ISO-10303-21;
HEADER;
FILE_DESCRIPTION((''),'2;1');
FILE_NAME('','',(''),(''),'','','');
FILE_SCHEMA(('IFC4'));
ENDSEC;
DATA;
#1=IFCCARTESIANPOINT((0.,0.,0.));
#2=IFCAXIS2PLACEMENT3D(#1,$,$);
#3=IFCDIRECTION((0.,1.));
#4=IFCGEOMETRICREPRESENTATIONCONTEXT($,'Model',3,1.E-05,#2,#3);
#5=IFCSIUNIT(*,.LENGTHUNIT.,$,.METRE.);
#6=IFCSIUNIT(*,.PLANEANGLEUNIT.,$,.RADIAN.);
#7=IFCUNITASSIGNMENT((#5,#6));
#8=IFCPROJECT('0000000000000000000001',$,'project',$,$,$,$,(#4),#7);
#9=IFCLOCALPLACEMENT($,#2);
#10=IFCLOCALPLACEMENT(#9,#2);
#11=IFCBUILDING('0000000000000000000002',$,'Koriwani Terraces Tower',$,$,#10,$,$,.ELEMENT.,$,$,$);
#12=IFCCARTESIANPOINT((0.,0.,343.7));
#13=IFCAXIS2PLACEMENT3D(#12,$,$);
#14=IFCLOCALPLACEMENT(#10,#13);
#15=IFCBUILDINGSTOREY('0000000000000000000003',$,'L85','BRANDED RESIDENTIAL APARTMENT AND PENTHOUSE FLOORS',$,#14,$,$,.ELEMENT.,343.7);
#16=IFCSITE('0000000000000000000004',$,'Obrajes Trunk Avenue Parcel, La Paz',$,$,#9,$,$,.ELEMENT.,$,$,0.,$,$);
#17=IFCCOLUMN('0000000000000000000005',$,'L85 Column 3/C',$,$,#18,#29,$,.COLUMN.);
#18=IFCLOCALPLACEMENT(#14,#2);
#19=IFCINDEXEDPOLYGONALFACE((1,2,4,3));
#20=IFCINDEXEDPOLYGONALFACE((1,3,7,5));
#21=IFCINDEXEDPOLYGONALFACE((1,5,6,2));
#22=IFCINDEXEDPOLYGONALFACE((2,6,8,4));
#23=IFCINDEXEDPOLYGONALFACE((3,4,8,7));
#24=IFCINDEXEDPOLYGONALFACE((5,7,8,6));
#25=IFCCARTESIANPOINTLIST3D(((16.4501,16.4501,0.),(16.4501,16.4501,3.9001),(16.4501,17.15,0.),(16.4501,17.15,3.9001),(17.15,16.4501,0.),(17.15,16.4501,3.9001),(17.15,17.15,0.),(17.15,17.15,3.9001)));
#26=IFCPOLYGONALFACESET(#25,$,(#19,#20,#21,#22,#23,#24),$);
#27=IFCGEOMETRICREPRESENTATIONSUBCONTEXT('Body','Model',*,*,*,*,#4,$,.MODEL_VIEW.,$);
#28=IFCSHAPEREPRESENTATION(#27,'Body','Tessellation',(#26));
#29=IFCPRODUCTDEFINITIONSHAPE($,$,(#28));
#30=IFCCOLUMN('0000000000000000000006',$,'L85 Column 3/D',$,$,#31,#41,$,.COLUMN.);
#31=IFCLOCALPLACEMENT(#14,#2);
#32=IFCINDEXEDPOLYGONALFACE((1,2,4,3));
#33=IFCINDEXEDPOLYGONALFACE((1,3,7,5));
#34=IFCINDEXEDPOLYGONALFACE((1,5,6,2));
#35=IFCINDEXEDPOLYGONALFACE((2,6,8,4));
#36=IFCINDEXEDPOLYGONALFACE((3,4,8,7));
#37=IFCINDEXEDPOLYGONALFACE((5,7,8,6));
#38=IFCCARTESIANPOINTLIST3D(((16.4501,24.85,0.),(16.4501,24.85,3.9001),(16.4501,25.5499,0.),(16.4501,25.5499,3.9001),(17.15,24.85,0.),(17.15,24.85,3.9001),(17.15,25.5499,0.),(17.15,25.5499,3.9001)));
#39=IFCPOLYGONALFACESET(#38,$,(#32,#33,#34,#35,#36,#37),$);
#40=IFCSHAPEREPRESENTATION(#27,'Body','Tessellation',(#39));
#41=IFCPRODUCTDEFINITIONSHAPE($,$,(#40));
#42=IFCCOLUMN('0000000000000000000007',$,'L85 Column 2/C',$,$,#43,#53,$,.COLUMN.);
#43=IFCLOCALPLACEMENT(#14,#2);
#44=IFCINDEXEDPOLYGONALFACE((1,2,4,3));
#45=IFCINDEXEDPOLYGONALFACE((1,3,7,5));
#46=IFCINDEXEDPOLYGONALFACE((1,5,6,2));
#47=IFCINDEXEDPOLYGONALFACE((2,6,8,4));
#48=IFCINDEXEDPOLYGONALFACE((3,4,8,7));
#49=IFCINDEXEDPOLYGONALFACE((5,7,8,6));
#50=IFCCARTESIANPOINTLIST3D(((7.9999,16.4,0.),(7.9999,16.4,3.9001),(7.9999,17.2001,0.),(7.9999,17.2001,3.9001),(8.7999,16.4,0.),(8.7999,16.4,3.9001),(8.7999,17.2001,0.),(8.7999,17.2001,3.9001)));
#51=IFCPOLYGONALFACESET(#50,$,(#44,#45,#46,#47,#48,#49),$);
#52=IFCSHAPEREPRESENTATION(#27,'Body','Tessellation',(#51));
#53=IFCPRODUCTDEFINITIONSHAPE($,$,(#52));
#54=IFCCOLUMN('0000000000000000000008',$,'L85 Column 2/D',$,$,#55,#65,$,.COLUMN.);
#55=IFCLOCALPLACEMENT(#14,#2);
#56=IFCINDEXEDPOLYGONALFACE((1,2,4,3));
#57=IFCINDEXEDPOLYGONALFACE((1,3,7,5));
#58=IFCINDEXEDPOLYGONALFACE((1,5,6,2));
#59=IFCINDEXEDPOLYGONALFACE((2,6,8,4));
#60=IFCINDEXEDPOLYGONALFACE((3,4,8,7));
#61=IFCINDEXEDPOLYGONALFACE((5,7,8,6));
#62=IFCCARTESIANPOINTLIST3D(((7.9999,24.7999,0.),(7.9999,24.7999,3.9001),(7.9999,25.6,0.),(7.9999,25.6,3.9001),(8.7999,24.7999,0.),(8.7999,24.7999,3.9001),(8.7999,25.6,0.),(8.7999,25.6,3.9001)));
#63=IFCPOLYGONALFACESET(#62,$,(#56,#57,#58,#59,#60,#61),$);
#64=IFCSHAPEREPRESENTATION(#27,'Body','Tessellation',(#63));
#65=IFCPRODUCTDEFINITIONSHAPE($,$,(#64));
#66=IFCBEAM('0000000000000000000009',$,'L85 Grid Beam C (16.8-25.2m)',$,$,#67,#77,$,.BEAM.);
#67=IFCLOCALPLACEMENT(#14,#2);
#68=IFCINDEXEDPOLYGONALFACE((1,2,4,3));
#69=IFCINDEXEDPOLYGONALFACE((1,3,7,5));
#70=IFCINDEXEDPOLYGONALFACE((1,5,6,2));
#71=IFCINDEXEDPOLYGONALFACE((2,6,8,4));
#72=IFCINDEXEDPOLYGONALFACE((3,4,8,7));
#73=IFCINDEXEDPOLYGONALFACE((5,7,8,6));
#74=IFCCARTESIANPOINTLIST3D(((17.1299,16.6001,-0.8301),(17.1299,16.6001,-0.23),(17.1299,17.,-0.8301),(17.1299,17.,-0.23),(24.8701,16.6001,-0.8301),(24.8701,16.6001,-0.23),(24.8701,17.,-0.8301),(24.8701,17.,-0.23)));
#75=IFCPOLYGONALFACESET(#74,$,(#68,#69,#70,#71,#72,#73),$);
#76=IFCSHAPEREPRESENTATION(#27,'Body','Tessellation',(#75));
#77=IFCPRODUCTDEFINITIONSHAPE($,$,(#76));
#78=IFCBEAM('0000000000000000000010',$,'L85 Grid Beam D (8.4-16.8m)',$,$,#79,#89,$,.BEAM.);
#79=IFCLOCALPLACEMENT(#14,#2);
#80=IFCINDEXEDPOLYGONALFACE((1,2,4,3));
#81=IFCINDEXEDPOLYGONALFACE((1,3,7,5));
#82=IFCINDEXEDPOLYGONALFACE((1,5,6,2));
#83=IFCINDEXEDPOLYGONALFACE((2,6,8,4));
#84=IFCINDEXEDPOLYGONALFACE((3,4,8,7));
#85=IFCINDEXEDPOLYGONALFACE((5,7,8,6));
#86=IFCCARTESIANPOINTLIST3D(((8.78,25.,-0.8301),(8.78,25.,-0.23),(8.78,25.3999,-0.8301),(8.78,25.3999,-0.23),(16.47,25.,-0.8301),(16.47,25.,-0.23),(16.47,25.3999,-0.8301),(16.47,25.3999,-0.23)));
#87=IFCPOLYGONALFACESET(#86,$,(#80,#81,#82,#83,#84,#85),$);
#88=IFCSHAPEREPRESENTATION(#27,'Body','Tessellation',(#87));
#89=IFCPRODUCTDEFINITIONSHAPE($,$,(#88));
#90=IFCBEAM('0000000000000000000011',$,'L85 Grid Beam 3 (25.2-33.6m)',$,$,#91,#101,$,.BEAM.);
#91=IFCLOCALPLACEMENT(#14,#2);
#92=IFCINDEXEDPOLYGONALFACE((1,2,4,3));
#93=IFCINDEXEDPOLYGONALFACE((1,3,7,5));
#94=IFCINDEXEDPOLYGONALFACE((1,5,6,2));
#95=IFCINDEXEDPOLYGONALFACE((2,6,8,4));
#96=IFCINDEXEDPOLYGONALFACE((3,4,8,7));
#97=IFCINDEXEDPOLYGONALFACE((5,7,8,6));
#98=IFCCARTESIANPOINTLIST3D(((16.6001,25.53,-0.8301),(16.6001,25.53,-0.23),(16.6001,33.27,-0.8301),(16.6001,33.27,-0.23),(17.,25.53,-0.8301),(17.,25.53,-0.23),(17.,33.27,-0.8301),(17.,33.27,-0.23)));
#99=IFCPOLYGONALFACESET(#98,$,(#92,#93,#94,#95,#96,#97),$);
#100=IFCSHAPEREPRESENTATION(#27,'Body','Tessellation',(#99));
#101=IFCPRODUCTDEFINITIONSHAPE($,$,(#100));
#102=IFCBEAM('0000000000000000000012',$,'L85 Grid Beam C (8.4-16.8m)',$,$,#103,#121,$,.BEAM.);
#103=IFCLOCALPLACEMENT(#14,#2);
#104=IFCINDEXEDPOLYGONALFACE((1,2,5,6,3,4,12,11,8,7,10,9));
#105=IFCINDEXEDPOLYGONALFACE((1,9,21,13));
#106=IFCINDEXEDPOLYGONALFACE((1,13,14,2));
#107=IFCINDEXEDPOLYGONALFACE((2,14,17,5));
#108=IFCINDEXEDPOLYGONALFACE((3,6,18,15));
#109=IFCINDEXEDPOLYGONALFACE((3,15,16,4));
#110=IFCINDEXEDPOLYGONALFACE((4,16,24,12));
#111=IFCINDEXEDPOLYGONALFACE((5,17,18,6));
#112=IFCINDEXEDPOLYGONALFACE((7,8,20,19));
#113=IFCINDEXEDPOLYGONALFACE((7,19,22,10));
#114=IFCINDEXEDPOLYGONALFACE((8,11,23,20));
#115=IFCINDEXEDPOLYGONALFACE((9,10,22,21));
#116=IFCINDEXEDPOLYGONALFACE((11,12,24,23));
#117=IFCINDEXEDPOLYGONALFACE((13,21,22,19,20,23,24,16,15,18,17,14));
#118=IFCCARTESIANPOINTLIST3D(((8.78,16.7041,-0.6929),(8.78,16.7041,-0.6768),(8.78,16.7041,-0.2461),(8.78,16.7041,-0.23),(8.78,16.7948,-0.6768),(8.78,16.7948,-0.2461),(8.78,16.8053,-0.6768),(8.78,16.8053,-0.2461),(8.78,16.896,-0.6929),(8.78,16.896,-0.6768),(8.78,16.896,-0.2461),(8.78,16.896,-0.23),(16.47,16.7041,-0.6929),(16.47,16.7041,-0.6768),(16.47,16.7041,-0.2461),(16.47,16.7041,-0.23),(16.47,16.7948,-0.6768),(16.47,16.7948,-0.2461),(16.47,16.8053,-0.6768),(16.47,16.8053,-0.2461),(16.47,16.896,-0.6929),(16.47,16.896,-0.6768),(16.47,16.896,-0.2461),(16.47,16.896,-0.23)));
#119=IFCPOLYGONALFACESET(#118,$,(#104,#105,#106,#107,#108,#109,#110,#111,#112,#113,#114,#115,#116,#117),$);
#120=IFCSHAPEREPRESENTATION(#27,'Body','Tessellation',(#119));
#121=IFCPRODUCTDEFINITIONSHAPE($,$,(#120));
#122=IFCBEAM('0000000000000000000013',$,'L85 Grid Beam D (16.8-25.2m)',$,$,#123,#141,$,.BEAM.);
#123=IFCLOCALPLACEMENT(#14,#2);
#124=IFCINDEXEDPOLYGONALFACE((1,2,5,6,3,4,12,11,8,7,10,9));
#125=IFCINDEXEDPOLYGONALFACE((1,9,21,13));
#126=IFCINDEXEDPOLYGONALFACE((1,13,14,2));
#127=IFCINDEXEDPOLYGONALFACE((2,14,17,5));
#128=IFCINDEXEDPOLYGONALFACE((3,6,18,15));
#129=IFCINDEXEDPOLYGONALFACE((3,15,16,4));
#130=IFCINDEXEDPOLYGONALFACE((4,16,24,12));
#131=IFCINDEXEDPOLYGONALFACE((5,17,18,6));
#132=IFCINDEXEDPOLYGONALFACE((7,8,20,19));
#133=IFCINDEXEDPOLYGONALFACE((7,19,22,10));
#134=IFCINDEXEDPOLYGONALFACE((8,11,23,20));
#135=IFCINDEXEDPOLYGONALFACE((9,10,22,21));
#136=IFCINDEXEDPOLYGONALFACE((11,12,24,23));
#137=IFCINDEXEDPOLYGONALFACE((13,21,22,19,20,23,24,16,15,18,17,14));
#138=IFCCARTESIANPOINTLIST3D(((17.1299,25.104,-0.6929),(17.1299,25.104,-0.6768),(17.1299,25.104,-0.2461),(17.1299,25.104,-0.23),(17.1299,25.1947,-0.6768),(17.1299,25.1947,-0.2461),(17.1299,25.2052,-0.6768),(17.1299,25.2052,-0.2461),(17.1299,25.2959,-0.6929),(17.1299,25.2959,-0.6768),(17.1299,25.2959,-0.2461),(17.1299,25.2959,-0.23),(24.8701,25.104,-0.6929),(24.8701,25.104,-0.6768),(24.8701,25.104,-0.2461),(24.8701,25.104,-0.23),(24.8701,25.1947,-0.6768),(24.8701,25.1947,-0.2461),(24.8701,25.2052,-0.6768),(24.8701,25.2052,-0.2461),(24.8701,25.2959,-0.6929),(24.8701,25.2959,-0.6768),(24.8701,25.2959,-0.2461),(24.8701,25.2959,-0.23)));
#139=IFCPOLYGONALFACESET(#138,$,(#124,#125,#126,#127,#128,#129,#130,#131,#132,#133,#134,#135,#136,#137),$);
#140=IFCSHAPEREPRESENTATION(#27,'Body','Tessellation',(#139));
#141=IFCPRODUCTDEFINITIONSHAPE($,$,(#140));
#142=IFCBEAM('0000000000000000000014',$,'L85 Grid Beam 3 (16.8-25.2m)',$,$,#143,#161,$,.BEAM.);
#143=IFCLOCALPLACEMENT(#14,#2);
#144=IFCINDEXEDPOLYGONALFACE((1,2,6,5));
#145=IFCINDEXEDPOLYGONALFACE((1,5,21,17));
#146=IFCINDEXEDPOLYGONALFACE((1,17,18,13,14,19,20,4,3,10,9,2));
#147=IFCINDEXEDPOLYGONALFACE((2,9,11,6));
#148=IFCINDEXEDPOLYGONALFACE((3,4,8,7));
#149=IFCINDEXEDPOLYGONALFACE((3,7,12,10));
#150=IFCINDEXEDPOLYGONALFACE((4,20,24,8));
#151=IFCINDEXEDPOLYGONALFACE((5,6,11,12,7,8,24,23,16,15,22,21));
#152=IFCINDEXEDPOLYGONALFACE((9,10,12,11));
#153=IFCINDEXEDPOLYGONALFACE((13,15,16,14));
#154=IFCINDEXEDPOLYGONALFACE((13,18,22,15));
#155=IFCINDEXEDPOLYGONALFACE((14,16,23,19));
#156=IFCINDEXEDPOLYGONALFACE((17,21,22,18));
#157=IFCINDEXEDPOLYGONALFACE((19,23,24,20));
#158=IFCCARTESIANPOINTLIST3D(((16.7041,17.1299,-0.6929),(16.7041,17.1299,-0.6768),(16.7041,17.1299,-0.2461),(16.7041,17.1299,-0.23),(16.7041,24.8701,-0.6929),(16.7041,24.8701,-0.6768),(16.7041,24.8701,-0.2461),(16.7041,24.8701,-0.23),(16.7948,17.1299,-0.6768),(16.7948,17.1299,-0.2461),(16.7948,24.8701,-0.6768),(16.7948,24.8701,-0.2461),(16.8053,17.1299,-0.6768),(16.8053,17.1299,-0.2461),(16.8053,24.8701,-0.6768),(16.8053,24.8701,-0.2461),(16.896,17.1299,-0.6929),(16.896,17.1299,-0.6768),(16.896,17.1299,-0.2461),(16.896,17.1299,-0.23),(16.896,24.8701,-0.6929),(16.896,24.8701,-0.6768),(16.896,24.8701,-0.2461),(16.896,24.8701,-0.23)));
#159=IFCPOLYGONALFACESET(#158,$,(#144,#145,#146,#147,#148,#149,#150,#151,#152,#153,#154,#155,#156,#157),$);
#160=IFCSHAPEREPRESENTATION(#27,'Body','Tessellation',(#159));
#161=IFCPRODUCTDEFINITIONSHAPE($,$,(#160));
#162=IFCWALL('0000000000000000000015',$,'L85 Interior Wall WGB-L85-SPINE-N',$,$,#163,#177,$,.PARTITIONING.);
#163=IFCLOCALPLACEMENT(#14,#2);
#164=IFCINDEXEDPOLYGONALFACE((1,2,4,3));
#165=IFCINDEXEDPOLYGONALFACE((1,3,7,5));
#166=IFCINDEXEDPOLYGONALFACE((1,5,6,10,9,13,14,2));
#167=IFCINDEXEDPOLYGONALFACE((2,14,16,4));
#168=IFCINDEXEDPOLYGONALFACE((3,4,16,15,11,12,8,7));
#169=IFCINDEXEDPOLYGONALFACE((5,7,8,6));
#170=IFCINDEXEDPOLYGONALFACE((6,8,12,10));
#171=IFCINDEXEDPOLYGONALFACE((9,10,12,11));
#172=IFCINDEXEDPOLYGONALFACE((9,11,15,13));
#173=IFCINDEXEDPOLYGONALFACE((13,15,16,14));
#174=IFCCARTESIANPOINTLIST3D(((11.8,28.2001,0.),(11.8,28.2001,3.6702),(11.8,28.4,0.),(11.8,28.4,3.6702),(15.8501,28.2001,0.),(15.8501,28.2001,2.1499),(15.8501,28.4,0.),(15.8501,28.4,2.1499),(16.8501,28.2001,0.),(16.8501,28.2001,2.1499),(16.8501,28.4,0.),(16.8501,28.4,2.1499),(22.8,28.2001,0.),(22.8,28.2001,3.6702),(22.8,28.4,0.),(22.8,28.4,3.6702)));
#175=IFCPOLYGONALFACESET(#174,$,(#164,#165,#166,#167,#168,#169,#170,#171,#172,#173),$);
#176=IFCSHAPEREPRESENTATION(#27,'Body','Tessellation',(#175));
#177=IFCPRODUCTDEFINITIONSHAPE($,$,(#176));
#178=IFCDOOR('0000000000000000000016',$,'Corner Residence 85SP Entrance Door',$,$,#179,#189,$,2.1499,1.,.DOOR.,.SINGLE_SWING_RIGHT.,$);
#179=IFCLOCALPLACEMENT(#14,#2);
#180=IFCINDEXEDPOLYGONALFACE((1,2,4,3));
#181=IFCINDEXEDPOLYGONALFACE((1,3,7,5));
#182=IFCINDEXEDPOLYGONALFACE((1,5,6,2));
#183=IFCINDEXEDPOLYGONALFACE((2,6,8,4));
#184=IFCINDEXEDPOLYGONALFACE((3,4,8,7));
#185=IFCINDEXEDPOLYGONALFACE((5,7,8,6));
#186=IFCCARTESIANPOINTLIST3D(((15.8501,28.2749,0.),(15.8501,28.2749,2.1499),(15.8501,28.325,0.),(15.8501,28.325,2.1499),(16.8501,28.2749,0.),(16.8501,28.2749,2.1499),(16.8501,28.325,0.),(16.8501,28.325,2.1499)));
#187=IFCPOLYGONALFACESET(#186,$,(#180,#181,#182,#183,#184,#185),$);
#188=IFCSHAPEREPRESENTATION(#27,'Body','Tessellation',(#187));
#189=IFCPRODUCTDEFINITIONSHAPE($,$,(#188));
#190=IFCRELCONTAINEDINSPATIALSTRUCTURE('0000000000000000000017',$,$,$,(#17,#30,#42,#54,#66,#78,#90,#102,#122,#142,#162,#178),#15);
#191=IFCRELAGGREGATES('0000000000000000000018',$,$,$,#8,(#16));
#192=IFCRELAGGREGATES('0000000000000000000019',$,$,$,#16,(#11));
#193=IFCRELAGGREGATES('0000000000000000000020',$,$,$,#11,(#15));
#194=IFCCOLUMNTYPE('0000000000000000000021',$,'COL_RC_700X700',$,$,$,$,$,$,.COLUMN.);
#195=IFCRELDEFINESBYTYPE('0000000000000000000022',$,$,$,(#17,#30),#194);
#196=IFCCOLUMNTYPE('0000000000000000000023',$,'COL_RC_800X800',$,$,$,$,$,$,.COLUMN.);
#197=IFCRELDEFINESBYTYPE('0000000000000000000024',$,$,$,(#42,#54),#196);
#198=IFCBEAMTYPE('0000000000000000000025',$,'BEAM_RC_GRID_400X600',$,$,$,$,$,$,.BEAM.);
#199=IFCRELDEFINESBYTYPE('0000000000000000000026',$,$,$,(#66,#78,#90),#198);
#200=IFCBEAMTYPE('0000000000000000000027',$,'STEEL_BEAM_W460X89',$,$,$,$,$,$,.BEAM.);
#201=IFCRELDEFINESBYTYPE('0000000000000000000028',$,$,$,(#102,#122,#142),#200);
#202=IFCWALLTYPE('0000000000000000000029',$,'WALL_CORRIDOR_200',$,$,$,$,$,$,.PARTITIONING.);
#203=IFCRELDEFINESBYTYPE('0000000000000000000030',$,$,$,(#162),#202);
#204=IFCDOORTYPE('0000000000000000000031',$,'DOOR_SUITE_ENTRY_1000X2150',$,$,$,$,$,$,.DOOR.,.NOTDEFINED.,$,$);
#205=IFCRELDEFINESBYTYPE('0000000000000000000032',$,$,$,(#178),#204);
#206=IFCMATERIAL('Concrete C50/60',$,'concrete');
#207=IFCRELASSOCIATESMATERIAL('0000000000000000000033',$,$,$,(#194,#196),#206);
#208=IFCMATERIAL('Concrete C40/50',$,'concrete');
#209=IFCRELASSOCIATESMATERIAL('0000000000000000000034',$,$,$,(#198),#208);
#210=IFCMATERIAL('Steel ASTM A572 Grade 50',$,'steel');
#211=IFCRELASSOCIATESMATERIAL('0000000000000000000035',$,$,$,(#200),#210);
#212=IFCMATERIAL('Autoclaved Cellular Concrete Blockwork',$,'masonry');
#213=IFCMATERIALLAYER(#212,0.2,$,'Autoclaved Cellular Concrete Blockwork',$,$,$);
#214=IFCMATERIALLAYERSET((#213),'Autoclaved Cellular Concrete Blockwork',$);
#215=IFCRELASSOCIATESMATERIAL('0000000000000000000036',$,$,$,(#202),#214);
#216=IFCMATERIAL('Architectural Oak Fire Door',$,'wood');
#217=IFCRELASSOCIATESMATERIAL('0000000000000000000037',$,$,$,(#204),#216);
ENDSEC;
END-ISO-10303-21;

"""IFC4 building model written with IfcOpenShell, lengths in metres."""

from ifc_helpers import new_model, si_unit, direction, frame, frame_2d, origin, origin_2d, place, context, subcontext, project, spatial, rectangle, i_section, extrude, material, layer, layer_set, material_profile, profile_set, type_object, element, fill, save


model = new_model("IFC4")

# Units and contexts
model_context = context("Model", 3, precision=1e-05, world=origin(), true_north=direction((0.0, 1.0)))
body_context = subcontext(model_context, "Body", "Model", "MODEL_VIEW")
ifc_project = project(units=[si_unit("LENGTHUNIT", "METRE"), si_unit("PLANEANGLEUNIT", "RADIAN")], contexts=[model_context])

# Site, building, storey
site_placement = place(None, origin())
site = spatial("IfcSite", under=ifc_project, at=site_placement, Name="Obrajes Trunk Avenue Parcel, La Paz", CompositionType="ELEMENT", RefElevation=0.0)
building_placement = place(site_placement, origin())
building = spatial("IfcBuilding", under=site, at=building_placement, Name="Koriwani Terraces Tower", CompositionType="ELEMENT")
storey_placement = place(building_placement, frame((0.0, 0.0, 343.7)))
storey = spatial("IfcBuildingStorey", under=building, at=storey_placement, Name="L85", Description="BRANDED RESIDENTIAL APARTMENT AND PENTHOUSE FLOORS", CompositionType="ELEMENT", Elevation=343.7)

# Columns
ifc_material_1 = material(Name="Concrete C50/60", Category="concrete")
ifc_material_profile_1 = material_profile(ifc_material_1, rectangle(XDim=0.7, YDim=0.7, at=origin_2d()), Name="Concrete C50/60", Category="LoadBearing")
ifc_profile_set_1 = profile_set([ifc_material_profile_1], Name="Concrete C50/60")
column_type_1 = type_object("IfcColumnType", Name="COL_RC_700X700", PredefinedType="COLUMN", material=ifc_profile_set_1)
for number, where, z_axis, x_axis, name in (
    (1, (16.8, 16.8, 0.0), (0.0, 0.0, 1.0), (1.0, 0.0, 0.0), "L85 Column 3/C"),
    (2, (16.8, 25.2, 0.0), (0.0, 0.0, 1.0), (1.0, 0.0, 0.0), "L85 Column 3/D"),
):
    element("IfcColumn", number, at=place(storey_placement, frame(where, z_axis=z_axis, x_axis=x_axis)), inside=storey, type_object=column_type_1, Name=name, PredefinedType="COLUMN", context=body_context, shape_type="SweptSolid", body=[
        extrude(rectangle(XDim=0.7, YDim=0.7, at=origin_2d()), origin(), (0.0, 0.0, 1.0), 3.9001),
    ])
ifc_material_profile_2 = material_profile(ifc_material_1, rectangle(XDim=0.8, YDim=0.8, at=origin_2d()), Name="Concrete C50/60", Category="LoadBearing")
ifc_profile_set_2 = profile_set([ifc_material_profile_2], Name="Concrete C50/60")
column_type_2 = type_object("IfcColumnType", Name="COL_RC_800X800", PredefinedType="COLUMN", material=ifc_profile_set_2)
for number, where, z_axis, x_axis, name in (
    (3, (8.3999, 16.8, 0.0), (0.0, 0.0, 1.0), (1.0, 0.0, 0.0), "L85 Column 2/C"),
    (4, (8.3999, 25.2, 0.0), (0.0, 0.0, 1.0), (1.0, 0.0, 0.0), "L85 Column 2/D"),
):
    element("IfcColumn", number, at=place(storey_placement, frame(where, z_axis=z_axis, x_axis=x_axis)), inside=storey, type_object=column_type_2, Name=name, PredefinedType="COLUMN", context=body_context, shape_type="SweptSolid", body=[
        extrude(rectangle(XDim=0.8, YDim=0.8, at=origin_2d()), origin(), (0.0, 0.0, 1.0), 3.9001),
    ])

# Beams
ifc_material_2 = material(Name="Concrete C40/50", Category="concrete")
ifc_material_profile_3 = material_profile(ifc_material_2, rectangle(XDim=0.3999, YDim=0.6001, at=origin_2d()), Name="Concrete C40/50", Category="LoadBearing")
ifc_profile_set_3 = profile_set([ifc_material_profile_3], Name="Concrete C40/50")
beam_type_1 = type_object("IfcBeamType", Name="BEAM_RC_GRID_400X600", PredefinedType="BEAM", material=ifc_profile_set_3)
beam_1_placement = place(storey_placement, frame((17.1299, 16.8, -0.53), z_axis=(1.0, 0.0, 0.0), x_axis=(0.0, 1.0, 0.0)))
element("IfcBeam", 5, at=beam_1_placement, inside=storey, type_object=beam_type_1, Name="L85 Grid Beam C (16.8-25.2m)", PredefinedType="BEAM", context=body_context, shape_type="SweptSolid", body=[
    extrude(rectangle(XDim=0.3999, YDim=0.6001, at=origin_2d()), origin(), (0.0, 0.0, 1.0), 7.7402),
])
beam_2_placement = place(storey_placement, frame((8.78, 25.2, -0.53), z_axis=(1.0, 0.0, 0.0), x_axis=(0.0, 1.0, 0.0)))
element("IfcBeam", 6, at=beam_2_placement, inside=storey, type_object=beam_type_1, Name="L85 Grid Beam D (8.4-16.8m)", PredefinedType="BEAM", context=body_context, shape_type="SweptSolid", body=[
    extrude(rectangle(XDim=0.3999, YDim=0.6001, at=origin_2d()), origin(), (0.0, 0.0, 1.0), 7.6899),
])
beam_3_placement = place(storey_placement, frame((16.8, 25.53, -0.53), z_axis=(0.0, 1.0, 0.0), x_axis=(-1.0, 0.0, 0.0)))
element("IfcBeam", 7, at=beam_3_placement, inside=storey, type_object=beam_type_1, Name="L85 Grid Beam 3 (25.2-33.6m)", PredefinedType="BEAM", context=body_context, shape_type="SweptSolid", body=[
    extrude(rectangle(XDim=0.3999, YDim=0.6001, at=origin_2d()), origin(), (0.0, 0.0, 1.0), 7.74),
])
ifc_material_3 = material(Name="Steel ASTM A572 Grade 50", Category="steel")
ifc_material_profile_4 = material_profile(ifc_material_3, i_section(OverallWidth=0.1919, OverallDepth=0.4629, WebThickness=0.0105, FlangeThickness=0.0161, at=origin_2d()), Name="Steel ASTM A572 Grade 50", Category="LoadBearing")
ifc_profile_set_4 = profile_set([ifc_material_profile_4], Name="Steel ASTM A572 Grade 50")
beam_type_2 = type_object("IfcBeamType", Name="STEEL_BEAM_W460X89", PredefinedType="BEAM", material=ifc_profile_set_4)
beam_4_placement = place(storey_placement, frame((8.78, 16.8, -0.4614), z_axis=(1.0, 0.0, 0.0), x_axis=(0.0, 1.0, 0.0)))
element("IfcBeam", 8, at=beam_4_placement, inside=storey, type_object=beam_type_2, Name="L85 Grid Beam C (8.4-16.8m)", PredefinedType="BEAM", context=body_context, shape_type="SweptSolid", body=[
    extrude(i_section(OverallWidth=0.1919, OverallDepth=0.4629, WebThickness=0.0105, FlangeThickness=0.0161, at=origin_2d()), origin(), (0.0, 0.0, 1.0), 7.6899),
])
for number, where, z_axis, x_axis, name in (
    (9, (17.1299, 25.2, -0.4614), (1.0, 0.0, 0.0), (0.0, 1.0, 0.0), "L85 Grid Beam D (16.8-25.2m)"),
    (10, (16.8, 17.1299, -0.4614), (0.0, 1.0, 0.0), (-1.0, 0.0, 0.0), "L85 Grid Beam 3 (16.8-25.2m)"),
):
    element("IfcBeam", number, at=place(storey_placement, frame(where, z_axis=z_axis, x_axis=x_axis)), inside=storey, type_object=beam_type_2, Name=name, PredefinedType="BEAM", context=body_context, shape_type="SweptSolid", body=[
        extrude(i_section(OverallWidth=0.1919, OverallDepth=0.4629, WebThickness=0.0105, FlangeThickness=0.0161, at=origin_2d()), origin(), (0.0, 0.0, 1.0), 7.7402),
    ])

# Wall, opening, door
ifc_material_4 = material(Name="Autoclaved Cellular Concrete Blockwork", Category="masonry")
ifc_layer_1 = layer(ifc_material_4, 0.2, Name="Autoclaved Cellular Concrete Blockwork")
ifc_layer_set_1 = layer_set([ifc_layer_1], Name="Autoclaved Cellular Concrete Blockwork")
wall_type_1 = type_object("IfcWallType", Name="WALL_CORRIDOR_200", PredefinedType="PARTITIONING", material=ifc_layer_set_1)
wall_1_placement = place(storey_placement, frame((11.8, 28.3, 0.0), z_axis=(0.0, 0.0, 1.0), x_axis=(1.0, 0.0, 0.0)))
wall_1 = element("IfcWall", 11, at=wall_1_placement, inside=storey, type_object=wall_type_1, Name="L85 Interior Wall WGB-L85-SPINE-N", PredefinedType="PARTITIONING", context=body_context, shape_type="SweptSolid", body=[
    extrude(rectangle(XDim=11.0, YDim=0.2, at=frame_2d((5.5, 0.0))), origin(), (0.0, 0.0, 1.0), 3.6702),
])
opening_1_placement = place(wall_1_placement, frame((4.05, 0.0, 0.0)))
opening_1 = element("IfcOpeningElement", 12, at=opening_1_placement, cuts=wall_1, PredefinedType="OPENING", context=body_context, shape_type="SweptSolid", body=[
    extrude(rectangle(XDim=1.0, YDim=2.1499, at=frame_2d((0.5, 1.075))), frame((0.0, 0.1099, 0.0), z_axis=(0.0, -1.0, 0.0), x_axis=(1.0, 0.0, 0.0)), (0.0, 0.0, 1.0), 0.22),
])
ifc_material_5 = material(Name="Architectural Oak Fire Door", Category="wood")
door_type_1 = type_object("IfcDoorType", Name="DOOR_SUITE_ENTRY_1000X2150", OperationType="NOTDEFINED", PredefinedType="DOOR", material=ifc_material_5)
door_1_placement = place(opening_1_placement, origin())
door_1 = element("IfcDoor", 13, at=door_1_placement, inside=storey, type_object=door_type_1, Name="Corner Residence 85SP Entrance Door", OperationType="SINGLE_SWING_RIGHT", OverallHeight=2.1499, OverallWidth=1.0, PredefinedType="DOOR", context=body_context, shape_type="SweptSolid", body=[
    extrude(rectangle(XDim=1.0, YDim=2.1499, at=frame_2d((0.5, 1.075))), frame((0.0, 0.0249, 0.0), z_axis=(0.0, -1.0, 0.0), x_axis=(1.0, 0.0, 0.0)), (0.0, 0.0, 1.0), 0.05),
])
fill(opening_1, door_1)

save(model, "model.ifc")
